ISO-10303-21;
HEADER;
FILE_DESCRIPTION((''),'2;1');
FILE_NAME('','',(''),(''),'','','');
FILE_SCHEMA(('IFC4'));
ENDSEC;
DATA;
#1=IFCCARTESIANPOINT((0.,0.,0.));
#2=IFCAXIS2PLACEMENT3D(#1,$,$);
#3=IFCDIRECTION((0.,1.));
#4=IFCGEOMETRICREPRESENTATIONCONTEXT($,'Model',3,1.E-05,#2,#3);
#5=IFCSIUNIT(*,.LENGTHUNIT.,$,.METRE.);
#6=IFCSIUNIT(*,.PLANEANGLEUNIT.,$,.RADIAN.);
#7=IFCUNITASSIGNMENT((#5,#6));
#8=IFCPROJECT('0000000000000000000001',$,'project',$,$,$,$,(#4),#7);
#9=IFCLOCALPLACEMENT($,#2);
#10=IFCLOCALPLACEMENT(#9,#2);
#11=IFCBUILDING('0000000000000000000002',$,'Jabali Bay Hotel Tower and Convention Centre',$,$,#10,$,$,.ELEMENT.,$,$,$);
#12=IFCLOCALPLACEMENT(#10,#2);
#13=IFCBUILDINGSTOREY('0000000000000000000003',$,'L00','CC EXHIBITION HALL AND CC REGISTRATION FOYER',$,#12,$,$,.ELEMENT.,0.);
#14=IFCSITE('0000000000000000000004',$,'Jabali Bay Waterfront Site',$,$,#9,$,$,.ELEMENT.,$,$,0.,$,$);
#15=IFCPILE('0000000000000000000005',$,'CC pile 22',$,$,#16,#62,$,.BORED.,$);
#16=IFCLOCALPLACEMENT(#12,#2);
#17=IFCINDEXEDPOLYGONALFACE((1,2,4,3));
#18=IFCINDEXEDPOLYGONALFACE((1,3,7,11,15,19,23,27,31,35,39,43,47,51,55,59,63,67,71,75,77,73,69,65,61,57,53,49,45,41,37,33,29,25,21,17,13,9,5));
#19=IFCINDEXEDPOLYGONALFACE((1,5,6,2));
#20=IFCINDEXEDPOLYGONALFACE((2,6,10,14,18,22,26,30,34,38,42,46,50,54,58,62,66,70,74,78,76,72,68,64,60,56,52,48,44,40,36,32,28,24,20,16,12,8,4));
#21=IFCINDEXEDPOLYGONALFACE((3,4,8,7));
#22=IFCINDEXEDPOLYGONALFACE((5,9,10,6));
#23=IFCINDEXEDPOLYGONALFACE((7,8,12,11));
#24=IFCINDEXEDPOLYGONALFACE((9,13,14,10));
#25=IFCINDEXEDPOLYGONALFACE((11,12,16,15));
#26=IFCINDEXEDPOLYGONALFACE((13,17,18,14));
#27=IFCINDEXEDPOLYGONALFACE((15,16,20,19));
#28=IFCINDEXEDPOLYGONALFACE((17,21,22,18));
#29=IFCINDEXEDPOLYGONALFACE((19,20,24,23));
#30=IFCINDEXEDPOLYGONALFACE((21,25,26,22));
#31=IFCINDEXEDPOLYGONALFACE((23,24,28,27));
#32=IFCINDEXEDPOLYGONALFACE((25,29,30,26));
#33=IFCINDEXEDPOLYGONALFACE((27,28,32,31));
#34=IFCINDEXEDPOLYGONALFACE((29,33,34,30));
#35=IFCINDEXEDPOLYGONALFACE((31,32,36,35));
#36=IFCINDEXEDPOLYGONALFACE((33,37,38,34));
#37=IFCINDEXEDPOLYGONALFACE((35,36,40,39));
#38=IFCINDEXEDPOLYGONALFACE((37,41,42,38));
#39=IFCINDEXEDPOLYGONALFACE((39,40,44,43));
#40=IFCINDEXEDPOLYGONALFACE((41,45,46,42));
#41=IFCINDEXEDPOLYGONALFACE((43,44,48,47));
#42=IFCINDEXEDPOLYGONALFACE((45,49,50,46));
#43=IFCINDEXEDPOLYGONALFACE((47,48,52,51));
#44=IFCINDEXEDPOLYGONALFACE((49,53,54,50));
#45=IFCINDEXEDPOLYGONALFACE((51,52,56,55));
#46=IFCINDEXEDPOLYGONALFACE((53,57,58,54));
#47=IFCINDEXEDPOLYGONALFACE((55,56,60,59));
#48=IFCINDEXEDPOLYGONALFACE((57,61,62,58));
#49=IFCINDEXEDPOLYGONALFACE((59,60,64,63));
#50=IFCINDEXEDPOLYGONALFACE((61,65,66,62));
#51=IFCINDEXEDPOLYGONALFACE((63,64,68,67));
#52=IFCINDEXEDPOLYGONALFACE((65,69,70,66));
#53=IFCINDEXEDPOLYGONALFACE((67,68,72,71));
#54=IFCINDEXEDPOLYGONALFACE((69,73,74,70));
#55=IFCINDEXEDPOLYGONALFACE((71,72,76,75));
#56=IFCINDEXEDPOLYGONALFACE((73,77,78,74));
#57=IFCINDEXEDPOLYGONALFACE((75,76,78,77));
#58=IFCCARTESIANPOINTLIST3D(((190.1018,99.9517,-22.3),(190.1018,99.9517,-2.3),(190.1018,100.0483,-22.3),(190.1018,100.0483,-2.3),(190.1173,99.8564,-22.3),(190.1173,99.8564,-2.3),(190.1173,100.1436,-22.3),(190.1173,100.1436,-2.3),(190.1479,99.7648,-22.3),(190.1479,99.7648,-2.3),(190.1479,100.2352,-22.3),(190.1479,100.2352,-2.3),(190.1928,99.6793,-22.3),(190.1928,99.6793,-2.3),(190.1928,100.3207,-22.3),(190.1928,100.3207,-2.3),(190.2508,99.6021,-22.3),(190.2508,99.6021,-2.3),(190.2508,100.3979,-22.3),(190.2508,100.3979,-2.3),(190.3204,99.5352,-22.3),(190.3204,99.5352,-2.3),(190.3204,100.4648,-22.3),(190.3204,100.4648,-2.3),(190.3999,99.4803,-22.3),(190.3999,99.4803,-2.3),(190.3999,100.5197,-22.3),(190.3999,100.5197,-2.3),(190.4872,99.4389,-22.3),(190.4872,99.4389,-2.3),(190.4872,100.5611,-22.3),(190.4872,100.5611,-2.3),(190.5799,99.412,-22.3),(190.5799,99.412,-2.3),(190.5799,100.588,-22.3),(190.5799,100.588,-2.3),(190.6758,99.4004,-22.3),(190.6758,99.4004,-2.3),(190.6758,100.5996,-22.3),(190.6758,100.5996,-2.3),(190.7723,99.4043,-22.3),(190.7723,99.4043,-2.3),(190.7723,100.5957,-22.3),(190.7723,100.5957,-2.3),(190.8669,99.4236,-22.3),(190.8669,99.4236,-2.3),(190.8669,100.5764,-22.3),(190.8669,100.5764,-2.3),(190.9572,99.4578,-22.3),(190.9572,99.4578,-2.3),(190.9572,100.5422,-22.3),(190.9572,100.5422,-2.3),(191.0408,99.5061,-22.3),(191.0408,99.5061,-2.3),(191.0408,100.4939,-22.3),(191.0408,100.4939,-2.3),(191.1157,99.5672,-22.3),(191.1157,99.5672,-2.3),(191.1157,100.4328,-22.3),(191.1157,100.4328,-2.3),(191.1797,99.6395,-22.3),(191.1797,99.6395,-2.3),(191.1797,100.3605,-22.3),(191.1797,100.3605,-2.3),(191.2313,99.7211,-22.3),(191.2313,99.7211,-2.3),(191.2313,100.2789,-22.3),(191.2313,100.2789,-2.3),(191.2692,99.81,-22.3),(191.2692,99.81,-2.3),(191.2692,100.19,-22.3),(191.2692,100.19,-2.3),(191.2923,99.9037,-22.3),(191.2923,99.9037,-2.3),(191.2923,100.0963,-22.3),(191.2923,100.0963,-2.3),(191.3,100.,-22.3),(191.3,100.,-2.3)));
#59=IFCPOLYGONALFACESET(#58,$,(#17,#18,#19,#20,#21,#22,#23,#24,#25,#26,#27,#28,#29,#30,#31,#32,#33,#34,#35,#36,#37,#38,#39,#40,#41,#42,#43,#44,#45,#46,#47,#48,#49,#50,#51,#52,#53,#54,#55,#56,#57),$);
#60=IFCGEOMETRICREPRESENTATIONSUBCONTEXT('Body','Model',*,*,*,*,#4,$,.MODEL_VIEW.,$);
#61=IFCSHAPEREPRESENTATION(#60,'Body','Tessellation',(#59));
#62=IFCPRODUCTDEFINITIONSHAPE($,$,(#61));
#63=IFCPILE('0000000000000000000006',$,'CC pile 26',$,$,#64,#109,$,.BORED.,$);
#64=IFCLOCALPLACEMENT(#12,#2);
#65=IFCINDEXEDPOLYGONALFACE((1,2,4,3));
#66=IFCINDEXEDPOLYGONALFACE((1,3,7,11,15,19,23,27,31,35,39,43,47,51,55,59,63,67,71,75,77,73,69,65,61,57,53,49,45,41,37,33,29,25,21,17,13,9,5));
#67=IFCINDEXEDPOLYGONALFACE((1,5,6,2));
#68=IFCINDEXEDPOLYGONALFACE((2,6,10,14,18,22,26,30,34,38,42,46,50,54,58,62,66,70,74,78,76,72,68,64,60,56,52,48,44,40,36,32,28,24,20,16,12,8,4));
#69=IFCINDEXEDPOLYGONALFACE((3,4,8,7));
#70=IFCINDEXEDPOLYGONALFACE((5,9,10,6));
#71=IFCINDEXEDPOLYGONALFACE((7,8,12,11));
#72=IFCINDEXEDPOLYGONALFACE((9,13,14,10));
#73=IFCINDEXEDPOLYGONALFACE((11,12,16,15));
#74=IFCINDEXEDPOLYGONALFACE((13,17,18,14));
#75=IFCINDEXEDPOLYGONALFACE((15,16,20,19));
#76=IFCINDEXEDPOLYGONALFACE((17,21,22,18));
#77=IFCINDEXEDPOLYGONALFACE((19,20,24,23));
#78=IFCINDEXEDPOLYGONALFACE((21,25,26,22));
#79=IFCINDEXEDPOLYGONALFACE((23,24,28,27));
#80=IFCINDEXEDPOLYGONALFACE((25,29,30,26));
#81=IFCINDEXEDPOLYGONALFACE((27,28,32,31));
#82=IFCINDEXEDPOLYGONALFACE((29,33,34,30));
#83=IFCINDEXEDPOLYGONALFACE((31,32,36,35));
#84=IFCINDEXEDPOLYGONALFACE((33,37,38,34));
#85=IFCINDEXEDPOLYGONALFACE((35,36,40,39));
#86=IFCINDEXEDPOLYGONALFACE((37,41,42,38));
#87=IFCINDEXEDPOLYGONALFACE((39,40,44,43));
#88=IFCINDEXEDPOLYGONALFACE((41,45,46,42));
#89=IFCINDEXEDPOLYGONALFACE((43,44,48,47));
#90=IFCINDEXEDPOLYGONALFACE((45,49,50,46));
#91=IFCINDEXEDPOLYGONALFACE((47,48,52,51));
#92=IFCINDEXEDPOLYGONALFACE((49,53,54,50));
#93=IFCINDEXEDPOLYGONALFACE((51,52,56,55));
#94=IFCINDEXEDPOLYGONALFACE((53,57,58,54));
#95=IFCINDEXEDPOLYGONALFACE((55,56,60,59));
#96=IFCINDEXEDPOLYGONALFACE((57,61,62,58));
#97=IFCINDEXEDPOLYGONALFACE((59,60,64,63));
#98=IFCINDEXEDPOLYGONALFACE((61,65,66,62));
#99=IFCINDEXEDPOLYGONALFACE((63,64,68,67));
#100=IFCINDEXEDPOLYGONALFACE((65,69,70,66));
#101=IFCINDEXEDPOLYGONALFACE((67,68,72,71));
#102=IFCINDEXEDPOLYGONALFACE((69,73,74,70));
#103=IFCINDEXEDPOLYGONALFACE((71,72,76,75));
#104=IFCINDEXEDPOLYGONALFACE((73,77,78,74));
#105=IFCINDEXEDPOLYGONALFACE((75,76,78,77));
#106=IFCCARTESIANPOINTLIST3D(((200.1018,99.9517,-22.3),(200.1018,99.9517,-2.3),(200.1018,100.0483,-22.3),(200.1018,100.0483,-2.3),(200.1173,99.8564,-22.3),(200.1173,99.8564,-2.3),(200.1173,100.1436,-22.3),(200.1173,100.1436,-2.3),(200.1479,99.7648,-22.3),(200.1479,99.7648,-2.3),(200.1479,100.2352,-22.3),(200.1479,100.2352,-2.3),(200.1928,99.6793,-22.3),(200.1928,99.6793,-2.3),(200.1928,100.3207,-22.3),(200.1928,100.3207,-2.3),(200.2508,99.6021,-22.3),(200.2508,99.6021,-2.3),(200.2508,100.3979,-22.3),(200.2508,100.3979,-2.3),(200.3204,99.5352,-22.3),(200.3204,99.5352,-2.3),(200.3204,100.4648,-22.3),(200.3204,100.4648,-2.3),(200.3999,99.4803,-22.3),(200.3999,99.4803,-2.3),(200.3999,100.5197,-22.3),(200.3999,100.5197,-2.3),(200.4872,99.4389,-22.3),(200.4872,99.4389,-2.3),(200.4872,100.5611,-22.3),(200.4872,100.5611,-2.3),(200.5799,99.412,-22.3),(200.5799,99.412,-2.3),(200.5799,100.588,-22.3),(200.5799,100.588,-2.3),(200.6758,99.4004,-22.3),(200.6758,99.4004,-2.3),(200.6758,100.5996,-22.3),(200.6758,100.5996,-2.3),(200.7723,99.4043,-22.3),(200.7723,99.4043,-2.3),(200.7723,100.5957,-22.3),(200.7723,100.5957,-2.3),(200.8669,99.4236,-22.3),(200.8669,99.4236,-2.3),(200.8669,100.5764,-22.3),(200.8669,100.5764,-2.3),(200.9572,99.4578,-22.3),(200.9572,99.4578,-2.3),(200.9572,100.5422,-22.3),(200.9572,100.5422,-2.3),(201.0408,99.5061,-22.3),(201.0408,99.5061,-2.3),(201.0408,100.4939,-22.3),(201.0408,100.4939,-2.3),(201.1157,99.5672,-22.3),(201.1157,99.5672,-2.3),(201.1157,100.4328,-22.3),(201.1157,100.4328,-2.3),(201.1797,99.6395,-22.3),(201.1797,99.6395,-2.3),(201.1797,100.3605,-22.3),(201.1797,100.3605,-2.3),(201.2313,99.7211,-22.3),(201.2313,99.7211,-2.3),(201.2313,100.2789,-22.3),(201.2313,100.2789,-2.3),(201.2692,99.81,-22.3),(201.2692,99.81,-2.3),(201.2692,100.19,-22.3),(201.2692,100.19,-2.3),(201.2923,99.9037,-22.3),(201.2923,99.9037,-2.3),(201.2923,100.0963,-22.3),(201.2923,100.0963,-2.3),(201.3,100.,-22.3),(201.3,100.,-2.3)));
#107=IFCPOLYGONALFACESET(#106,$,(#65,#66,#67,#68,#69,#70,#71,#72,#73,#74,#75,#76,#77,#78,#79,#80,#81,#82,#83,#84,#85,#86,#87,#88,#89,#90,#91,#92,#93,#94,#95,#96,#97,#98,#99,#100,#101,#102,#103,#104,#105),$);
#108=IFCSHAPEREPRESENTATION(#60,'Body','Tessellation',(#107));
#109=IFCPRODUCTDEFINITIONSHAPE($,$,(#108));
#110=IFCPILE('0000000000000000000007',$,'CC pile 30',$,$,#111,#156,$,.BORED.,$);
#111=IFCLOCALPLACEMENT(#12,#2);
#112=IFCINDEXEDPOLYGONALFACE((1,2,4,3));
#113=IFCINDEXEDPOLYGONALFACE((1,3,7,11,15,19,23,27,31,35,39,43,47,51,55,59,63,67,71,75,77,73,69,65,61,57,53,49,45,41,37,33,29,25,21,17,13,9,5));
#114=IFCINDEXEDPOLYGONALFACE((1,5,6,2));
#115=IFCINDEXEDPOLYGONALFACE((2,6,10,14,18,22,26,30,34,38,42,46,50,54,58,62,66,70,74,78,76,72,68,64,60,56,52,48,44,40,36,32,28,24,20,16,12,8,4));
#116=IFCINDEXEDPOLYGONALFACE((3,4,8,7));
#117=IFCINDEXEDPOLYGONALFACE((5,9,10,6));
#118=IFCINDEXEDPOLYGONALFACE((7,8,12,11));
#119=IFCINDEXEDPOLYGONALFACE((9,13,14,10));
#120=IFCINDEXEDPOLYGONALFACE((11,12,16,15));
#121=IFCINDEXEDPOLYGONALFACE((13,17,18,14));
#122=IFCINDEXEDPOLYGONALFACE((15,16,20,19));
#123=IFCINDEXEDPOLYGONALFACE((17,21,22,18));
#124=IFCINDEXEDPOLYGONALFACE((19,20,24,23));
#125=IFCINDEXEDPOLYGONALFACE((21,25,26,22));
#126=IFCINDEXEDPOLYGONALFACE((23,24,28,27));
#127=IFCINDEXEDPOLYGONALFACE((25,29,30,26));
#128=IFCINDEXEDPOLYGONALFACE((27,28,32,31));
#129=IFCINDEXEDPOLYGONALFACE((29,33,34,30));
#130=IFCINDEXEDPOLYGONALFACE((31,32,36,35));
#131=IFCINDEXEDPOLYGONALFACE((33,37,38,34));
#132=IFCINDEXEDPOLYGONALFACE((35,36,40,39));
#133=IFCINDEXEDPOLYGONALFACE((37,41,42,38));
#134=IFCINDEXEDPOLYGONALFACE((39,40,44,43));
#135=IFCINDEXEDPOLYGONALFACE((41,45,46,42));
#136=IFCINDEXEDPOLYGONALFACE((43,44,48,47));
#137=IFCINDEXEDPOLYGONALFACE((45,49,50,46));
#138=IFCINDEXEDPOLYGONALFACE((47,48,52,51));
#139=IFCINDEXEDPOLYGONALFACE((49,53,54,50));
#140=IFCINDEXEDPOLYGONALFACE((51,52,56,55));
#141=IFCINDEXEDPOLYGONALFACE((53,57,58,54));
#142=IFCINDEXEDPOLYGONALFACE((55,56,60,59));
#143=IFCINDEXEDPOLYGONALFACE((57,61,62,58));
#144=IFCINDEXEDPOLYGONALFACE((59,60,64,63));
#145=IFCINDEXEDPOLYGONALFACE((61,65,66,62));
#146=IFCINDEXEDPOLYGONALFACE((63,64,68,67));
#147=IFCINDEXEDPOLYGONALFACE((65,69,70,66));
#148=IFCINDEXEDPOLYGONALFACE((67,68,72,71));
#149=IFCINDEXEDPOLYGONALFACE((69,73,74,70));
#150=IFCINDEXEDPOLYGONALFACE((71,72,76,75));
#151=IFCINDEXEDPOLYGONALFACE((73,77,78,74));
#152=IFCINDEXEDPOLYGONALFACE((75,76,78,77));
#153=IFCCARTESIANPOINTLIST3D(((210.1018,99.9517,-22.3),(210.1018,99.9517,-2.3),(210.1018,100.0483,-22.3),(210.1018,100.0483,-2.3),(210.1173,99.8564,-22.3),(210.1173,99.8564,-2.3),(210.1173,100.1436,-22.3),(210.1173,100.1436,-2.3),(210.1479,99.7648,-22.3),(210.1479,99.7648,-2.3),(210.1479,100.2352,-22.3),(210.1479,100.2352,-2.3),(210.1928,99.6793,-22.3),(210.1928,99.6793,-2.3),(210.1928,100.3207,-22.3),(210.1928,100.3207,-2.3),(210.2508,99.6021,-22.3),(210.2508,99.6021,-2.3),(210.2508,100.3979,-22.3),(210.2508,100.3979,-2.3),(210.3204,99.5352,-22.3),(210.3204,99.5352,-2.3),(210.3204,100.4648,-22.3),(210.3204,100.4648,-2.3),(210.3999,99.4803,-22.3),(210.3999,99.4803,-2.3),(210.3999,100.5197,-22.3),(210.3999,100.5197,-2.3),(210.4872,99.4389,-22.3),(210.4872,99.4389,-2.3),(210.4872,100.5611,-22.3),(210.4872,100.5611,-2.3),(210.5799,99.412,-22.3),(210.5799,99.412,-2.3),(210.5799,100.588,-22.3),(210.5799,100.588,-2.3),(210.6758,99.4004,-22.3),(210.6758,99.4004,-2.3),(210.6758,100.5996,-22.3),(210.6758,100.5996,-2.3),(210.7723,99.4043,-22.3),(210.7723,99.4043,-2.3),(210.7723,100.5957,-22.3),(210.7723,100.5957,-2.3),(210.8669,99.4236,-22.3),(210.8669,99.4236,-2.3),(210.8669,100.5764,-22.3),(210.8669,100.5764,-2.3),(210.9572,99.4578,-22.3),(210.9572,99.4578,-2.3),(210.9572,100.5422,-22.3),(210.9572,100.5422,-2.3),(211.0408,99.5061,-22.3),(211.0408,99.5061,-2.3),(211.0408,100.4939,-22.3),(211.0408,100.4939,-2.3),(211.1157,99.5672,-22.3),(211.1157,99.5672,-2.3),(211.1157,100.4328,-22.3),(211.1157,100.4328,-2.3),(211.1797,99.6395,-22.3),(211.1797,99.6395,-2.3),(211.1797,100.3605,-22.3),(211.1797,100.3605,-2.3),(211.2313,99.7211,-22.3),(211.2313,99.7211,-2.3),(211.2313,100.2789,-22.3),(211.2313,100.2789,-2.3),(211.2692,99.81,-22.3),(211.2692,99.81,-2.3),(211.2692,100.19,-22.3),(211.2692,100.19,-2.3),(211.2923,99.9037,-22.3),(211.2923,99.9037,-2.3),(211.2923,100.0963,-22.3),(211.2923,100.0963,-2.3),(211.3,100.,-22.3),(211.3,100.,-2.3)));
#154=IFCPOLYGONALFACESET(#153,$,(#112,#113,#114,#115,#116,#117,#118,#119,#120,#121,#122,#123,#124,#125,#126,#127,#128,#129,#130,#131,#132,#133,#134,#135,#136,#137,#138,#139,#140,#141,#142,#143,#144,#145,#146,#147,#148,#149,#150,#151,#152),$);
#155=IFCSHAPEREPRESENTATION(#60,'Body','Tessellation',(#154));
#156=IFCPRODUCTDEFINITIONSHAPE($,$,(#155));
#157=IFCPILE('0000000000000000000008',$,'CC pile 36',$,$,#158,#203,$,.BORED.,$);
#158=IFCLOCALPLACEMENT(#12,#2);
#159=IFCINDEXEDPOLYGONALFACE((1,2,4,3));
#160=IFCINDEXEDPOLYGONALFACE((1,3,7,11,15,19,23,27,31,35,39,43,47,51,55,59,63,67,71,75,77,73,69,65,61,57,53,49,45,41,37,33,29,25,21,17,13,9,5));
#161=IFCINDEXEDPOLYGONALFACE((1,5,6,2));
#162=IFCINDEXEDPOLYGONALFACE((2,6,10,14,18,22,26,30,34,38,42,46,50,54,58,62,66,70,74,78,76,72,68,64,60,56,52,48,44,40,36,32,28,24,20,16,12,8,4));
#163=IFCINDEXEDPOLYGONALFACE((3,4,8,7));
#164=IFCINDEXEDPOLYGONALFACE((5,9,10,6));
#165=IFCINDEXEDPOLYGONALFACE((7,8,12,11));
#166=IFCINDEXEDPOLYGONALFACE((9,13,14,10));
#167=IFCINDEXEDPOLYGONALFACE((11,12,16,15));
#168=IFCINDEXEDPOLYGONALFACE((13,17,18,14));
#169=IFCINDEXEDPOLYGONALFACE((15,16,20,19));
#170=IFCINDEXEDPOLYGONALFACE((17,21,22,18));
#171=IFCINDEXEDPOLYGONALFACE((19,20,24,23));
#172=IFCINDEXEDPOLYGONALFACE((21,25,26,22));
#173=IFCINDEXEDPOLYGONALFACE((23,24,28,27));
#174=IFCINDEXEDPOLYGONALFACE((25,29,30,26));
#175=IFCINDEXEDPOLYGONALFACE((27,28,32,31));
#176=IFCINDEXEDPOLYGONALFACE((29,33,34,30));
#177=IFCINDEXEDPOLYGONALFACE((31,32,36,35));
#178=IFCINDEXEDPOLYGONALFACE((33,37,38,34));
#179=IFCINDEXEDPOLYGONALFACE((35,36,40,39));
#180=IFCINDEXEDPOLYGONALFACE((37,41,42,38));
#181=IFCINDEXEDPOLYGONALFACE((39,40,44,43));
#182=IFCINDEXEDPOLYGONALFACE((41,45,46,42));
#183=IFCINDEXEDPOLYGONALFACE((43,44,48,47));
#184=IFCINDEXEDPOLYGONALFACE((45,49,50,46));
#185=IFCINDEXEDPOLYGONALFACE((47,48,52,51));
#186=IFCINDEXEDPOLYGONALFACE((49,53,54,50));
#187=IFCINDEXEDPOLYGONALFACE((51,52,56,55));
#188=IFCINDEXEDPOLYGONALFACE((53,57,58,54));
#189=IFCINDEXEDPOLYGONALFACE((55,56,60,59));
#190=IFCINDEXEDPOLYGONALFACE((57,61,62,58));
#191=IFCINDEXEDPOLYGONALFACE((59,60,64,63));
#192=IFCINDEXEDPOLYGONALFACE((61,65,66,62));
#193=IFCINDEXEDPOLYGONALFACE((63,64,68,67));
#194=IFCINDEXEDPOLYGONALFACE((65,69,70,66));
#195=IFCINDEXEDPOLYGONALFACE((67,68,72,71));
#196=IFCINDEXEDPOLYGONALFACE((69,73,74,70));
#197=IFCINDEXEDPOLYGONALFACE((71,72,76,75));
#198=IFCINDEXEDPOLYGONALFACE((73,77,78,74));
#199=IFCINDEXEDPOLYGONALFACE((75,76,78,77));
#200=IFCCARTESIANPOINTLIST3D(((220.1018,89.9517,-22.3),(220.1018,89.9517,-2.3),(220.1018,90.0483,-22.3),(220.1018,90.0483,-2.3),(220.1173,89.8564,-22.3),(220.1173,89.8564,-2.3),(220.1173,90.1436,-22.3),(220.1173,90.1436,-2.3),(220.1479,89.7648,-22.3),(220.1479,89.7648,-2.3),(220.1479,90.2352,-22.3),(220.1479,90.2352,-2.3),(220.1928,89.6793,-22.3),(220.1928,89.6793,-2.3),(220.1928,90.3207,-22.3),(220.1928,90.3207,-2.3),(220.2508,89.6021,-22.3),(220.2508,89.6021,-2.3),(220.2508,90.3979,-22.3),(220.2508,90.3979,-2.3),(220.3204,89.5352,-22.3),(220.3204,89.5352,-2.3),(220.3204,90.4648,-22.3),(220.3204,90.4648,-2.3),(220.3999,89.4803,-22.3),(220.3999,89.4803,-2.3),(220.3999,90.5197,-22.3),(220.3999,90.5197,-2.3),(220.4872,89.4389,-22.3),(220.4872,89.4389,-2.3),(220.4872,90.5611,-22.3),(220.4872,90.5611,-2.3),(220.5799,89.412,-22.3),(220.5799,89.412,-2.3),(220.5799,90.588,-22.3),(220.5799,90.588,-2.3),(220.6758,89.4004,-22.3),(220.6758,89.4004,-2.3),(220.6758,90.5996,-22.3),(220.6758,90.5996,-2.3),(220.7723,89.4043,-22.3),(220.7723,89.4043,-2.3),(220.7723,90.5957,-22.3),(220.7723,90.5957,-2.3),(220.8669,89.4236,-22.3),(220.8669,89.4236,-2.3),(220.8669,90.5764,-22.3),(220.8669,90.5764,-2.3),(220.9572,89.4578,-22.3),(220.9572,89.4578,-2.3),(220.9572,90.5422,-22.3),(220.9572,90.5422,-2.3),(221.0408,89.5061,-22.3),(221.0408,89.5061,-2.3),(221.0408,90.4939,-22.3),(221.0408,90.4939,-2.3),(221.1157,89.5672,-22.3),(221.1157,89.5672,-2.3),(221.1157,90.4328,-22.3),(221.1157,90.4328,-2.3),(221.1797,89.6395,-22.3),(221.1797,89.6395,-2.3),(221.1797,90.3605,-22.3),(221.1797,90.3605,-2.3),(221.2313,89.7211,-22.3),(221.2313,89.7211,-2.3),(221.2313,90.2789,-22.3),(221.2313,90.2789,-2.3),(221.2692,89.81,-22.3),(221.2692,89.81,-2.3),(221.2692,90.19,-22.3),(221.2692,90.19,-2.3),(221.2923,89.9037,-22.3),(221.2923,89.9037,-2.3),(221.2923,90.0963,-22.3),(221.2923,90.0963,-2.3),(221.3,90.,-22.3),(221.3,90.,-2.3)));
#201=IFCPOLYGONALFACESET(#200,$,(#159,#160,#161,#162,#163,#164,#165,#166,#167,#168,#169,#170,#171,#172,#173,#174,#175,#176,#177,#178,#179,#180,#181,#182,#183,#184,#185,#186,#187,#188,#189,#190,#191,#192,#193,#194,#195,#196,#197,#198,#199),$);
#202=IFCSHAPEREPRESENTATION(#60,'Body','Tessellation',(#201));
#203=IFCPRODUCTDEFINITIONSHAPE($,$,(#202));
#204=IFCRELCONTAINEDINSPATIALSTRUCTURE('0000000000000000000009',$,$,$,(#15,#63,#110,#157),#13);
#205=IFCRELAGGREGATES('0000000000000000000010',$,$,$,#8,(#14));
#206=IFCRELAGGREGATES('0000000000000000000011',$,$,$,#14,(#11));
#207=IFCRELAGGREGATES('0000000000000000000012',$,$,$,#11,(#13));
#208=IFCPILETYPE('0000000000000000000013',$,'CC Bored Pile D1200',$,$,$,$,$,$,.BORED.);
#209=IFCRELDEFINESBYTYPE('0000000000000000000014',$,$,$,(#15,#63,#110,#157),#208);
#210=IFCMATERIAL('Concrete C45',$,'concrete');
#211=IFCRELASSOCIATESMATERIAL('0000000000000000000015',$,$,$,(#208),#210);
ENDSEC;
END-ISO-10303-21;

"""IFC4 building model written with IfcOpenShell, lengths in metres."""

from ifc_helpers import new_model, si_unit, direction, frame, origin, origin_2d, place, context, subcontext, project, spatial, circle, extrude, material, material_profile, profile_set, type_object, element, save


model = new_model("IFC4")

# Units and contexts
model_context = context("Model", 3, precision=1e-05, world=origin(), true_north=direction((0.0, 1.0)))
body_context = subcontext(model_context, "Body", "Model", "MODEL_VIEW")
ifc_project = project(units=[si_unit("LENGTHUNIT", "METRE"), si_unit("PLANEANGLEUNIT", "RADIAN")], contexts=[model_context])

# Site, building, storey
site_placement = place(None, origin())
site = spatial("IfcSite", under=ifc_project, at=site_placement, Name="Jabali Bay Waterfront Site", CompositionType="ELEMENT", RefElevation=0.0)
building_placement = place(site_placement, origin())
building = spatial("IfcBuilding", under=site, at=building_placement, Name="Jabali Bay Hotel Tower and Convention Centre", CompositionType="ELEMENT")
storey_placement = place(building_placement, origin())
storey = spatial("IfcBuildingStorey", under=building, at=storey_placement, Name="L00", Description="CC EXHIBITION HALL AND CC REGISTRATION FOYER", CompositionType="ELEMENT", Elevation=0.0)

# Piles
ifc_material_1 = material(Name="Concrete C45", Category="concrete")
ifc_material_profile_1 = material_profile(ifc_material_1, circle(Radius=0.6001, at=origin_2d()), Name="D1200")
ifc_profile_set_1 = profile_set([ifc_material_profile_1], Name="Concrete C45")
pile_type = type_object("IfcPileType", Name="CC Bored Pile D1200", PredefinedType="BORED", material=ifc_profile_set_1)
for number, where, z_axis, x_axis, name in (
    (1, (190.7, 100.0, -2.3), (0.0, 0.0, -1.0), (1.0, 0.0, 0.0), "CC pile 22"),
    (2, (200.7, 100.0, -2.3), (0.0, 0.0, -1.0), (1.0, 0.0, 0.0), "CC pile 26"),
    (3, (210.7, 100.0, -2.3), (0.0, 0.0, -1.0), (1.0, 0.0, 0.0), "CC pile 30"),
    (4, (220.7, 90.0, -2.3), (0.0, 0.0, -1.0), (1.0, 0.0, 0.0), "CC pile 36"),
):
    element("IfcPile", number, at=place(storey_placement, frame(where, z_axis=z_axis, x_axis=x_axis)), inside=storey, type_object=pile_type, Name=name, PredefinedType="BORED", context=body_context, shape_type="SweptSolid", body=[
        extrude(circle(Radius=0.6001, at=origin_2d()), origin(), (0.0, 0.0, 1.0), 20.0),
    ])

save(model, "model.ifc")
